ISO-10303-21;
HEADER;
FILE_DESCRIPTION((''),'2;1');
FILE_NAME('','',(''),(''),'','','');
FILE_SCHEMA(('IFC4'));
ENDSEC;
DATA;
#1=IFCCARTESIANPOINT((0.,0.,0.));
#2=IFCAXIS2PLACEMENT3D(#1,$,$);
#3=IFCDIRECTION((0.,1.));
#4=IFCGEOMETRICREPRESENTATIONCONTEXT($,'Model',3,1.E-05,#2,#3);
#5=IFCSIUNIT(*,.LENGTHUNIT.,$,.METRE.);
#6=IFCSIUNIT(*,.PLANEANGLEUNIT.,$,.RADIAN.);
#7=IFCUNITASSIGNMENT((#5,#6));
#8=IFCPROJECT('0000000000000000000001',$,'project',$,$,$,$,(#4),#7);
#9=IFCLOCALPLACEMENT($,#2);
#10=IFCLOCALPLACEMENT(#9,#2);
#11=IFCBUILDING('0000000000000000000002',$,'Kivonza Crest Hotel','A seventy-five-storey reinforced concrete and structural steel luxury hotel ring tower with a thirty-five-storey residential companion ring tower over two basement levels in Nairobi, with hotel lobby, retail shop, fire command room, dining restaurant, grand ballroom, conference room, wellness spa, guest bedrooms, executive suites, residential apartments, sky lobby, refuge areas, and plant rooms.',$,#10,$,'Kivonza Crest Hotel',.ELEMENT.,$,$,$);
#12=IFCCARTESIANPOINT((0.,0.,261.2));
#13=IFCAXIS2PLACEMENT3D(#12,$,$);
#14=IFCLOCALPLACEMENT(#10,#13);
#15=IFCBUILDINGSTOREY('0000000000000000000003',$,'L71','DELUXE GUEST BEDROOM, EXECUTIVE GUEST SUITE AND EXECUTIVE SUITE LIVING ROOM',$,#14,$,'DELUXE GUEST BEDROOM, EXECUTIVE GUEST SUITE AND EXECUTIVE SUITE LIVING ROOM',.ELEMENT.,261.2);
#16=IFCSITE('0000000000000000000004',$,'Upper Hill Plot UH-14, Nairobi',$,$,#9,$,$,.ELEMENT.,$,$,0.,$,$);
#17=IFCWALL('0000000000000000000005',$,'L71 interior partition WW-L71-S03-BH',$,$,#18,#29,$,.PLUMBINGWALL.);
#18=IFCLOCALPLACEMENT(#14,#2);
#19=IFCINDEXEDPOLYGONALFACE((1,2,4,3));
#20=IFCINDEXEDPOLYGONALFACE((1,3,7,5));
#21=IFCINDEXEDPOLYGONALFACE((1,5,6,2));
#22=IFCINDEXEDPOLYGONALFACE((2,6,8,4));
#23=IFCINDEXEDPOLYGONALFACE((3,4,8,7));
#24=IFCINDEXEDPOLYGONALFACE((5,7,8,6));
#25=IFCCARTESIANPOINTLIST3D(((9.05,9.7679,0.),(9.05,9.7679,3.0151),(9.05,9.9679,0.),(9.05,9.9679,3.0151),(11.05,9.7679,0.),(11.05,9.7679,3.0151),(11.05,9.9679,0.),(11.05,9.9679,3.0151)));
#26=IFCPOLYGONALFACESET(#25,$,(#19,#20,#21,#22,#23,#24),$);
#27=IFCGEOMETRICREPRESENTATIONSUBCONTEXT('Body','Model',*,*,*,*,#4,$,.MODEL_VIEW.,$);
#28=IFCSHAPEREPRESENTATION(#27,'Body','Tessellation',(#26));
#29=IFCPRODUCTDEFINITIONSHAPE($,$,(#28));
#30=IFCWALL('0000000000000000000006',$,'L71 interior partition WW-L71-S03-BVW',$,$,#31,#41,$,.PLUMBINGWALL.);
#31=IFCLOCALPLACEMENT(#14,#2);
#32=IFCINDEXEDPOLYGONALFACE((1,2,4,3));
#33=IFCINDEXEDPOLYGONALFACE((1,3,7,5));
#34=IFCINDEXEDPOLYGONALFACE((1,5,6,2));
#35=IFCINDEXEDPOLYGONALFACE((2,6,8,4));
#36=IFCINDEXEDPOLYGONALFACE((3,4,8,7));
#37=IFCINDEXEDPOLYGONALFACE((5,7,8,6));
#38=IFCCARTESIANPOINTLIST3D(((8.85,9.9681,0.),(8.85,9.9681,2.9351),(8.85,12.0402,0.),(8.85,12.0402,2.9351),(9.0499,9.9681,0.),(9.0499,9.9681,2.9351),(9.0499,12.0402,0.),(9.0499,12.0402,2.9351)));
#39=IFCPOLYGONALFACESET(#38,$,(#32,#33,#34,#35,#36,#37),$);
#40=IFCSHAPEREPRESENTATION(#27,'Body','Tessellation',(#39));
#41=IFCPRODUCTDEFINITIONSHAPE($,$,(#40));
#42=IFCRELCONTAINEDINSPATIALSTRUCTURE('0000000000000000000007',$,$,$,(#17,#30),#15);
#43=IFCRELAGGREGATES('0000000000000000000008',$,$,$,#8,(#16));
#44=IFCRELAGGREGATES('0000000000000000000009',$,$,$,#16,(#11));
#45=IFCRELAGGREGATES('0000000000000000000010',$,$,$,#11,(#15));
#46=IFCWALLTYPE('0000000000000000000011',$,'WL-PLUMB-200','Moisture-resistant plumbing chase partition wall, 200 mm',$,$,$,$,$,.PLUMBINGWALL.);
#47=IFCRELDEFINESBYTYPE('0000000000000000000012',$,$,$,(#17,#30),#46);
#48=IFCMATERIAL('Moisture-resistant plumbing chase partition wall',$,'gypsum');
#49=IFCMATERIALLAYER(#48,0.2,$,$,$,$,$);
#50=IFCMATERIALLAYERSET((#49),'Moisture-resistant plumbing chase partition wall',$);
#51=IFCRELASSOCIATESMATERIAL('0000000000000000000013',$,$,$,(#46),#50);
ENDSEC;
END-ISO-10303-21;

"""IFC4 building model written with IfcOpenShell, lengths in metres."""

from ifc_helpers import new_model, si_unit, direction, frame, frame_2d, origin, place, context, subcontext, project, spatial, rectangle, extrude, material, layer, layer_set, type_object, element, save


model = new_model("IFC4")

# Units and contexts
model_context = context("Model", 3, precision=1e-05, world=origin(), true_north=direction((0.0, 1.0)))
body_context = subcontext(model_context, "Body", "Model", "MODEL_VIEW")
ifc_project = project(units=[si_unit("LENGTHUNIT", "METRE"), si_unit("PLANEANGLEUNIT", "RADIAN")], contexts=[model_context])

# Site, building, storey
site_placement = place(None, origin())
site = spatial("IfcSite", under=ifc_project, at=site_placement, Name="Upper Hill Plot UH-14, Nairobi", CompositionType="ELEMENT", RefElevation=0.0)
building_placement = place(site_placement, origin())
building = spatial("IfcBuilding", under=site, at=building_placement, Name="Kivonza Crest Hotel", Description="A seventy-five-storey reinforced concrete and structural steel luxury hotel ring tower with a thirty-five-storey residential companion ring tower over two basement levels in Nairobi, with hotel lobby, retail shop, fire command room, dining restaurant, grand ballroom, conference room, wellness spa, guest bedrooms, executive suites, residential apartments, sky lobby, refuge areas, and plant rooms.", LongName="Kivonza Crest Hotel", CompositionType="ELEMENT")
storey_placement = place(building_placement, frame((0.0, 0.0, 261.2)))
storey = spatial("IfcBuildingStorey", under=building, at=storey_placement, Name="L71", Description="DELUXE GUEST BEDROOM, EXECUTIVE GUEST SUITE AND EXECUTIVE SUITE LIVING ROOM", LongName="DELUXE GUEST BEDROOM, EXECUTIVE GUEST SUITE AND EXECUTIVE SUITE LIVING ROOM", CompositionType="ELEMENT", Elevation=261.2)

# Shared definitions
ifc_material_1 = material(Name="Moisture-resistant plumbing chase partition wall", Category="gypsum")
ifc_layer_1 = layer(ifc_material_1, 0.2)
ifc_layer_set_1 = layer_set([ifc_layer_1], Name="Moisture-resistant plumbing chase partition wall")
wall_type_1 = type_object("IfcWallType", Name="WL-PLUMB-200", Description="Moisture-resistant plumbing chase partition wall, 200 mm", PredefinedType="PLUMBINGWALL", material=ifc_layer_set_1)

# Walls
wall_1_placement = place(storey_placement, frame((9.05, 9.8679, 0.0), z_axis=(0.0, 0.0, 1.0), x_axis=(1.0, 0.0, 0.0)))
element("IfcWall", 1, at=wall_1_placement, inside=storey, type_object=wall_type_1, Name="L71 interior partition WW-L71-S03-BH", PredefinedType="PLUMBINGWALL", context=body_context, shape_type="SweptSolid", body=[
    extrude(rectangle(XDim=2.0, YDim=0.2, at=frame_2d((1.0, 0.0))), origin(), (0.0, 0.0, 1.0), 3.0151),
])
wall_2_placement = place(storey_placement, frame((8.95, 9.968, 0.0), z_axis=(0.0, 0.0, 1.0), x_axis=(0.0, 1.0, 0.0)))
element("IfcWall", 2, at=wall_2_placement, inside=storey, type_object=wall_type_1, Name="L71 interior partition WW-L71-S03-BVW", PredefinedType="PLUMBINGWALL", context=body_context, shape_type="SweptSolid", body=[
    extrude(rectangle(XDim=2.072, YDim=0.2, at=frame_2d((1.0361, 0.0))), origin(), (0.0, 0.0, 1.0), 2.9351),
])

save(model, "model.ifc")
